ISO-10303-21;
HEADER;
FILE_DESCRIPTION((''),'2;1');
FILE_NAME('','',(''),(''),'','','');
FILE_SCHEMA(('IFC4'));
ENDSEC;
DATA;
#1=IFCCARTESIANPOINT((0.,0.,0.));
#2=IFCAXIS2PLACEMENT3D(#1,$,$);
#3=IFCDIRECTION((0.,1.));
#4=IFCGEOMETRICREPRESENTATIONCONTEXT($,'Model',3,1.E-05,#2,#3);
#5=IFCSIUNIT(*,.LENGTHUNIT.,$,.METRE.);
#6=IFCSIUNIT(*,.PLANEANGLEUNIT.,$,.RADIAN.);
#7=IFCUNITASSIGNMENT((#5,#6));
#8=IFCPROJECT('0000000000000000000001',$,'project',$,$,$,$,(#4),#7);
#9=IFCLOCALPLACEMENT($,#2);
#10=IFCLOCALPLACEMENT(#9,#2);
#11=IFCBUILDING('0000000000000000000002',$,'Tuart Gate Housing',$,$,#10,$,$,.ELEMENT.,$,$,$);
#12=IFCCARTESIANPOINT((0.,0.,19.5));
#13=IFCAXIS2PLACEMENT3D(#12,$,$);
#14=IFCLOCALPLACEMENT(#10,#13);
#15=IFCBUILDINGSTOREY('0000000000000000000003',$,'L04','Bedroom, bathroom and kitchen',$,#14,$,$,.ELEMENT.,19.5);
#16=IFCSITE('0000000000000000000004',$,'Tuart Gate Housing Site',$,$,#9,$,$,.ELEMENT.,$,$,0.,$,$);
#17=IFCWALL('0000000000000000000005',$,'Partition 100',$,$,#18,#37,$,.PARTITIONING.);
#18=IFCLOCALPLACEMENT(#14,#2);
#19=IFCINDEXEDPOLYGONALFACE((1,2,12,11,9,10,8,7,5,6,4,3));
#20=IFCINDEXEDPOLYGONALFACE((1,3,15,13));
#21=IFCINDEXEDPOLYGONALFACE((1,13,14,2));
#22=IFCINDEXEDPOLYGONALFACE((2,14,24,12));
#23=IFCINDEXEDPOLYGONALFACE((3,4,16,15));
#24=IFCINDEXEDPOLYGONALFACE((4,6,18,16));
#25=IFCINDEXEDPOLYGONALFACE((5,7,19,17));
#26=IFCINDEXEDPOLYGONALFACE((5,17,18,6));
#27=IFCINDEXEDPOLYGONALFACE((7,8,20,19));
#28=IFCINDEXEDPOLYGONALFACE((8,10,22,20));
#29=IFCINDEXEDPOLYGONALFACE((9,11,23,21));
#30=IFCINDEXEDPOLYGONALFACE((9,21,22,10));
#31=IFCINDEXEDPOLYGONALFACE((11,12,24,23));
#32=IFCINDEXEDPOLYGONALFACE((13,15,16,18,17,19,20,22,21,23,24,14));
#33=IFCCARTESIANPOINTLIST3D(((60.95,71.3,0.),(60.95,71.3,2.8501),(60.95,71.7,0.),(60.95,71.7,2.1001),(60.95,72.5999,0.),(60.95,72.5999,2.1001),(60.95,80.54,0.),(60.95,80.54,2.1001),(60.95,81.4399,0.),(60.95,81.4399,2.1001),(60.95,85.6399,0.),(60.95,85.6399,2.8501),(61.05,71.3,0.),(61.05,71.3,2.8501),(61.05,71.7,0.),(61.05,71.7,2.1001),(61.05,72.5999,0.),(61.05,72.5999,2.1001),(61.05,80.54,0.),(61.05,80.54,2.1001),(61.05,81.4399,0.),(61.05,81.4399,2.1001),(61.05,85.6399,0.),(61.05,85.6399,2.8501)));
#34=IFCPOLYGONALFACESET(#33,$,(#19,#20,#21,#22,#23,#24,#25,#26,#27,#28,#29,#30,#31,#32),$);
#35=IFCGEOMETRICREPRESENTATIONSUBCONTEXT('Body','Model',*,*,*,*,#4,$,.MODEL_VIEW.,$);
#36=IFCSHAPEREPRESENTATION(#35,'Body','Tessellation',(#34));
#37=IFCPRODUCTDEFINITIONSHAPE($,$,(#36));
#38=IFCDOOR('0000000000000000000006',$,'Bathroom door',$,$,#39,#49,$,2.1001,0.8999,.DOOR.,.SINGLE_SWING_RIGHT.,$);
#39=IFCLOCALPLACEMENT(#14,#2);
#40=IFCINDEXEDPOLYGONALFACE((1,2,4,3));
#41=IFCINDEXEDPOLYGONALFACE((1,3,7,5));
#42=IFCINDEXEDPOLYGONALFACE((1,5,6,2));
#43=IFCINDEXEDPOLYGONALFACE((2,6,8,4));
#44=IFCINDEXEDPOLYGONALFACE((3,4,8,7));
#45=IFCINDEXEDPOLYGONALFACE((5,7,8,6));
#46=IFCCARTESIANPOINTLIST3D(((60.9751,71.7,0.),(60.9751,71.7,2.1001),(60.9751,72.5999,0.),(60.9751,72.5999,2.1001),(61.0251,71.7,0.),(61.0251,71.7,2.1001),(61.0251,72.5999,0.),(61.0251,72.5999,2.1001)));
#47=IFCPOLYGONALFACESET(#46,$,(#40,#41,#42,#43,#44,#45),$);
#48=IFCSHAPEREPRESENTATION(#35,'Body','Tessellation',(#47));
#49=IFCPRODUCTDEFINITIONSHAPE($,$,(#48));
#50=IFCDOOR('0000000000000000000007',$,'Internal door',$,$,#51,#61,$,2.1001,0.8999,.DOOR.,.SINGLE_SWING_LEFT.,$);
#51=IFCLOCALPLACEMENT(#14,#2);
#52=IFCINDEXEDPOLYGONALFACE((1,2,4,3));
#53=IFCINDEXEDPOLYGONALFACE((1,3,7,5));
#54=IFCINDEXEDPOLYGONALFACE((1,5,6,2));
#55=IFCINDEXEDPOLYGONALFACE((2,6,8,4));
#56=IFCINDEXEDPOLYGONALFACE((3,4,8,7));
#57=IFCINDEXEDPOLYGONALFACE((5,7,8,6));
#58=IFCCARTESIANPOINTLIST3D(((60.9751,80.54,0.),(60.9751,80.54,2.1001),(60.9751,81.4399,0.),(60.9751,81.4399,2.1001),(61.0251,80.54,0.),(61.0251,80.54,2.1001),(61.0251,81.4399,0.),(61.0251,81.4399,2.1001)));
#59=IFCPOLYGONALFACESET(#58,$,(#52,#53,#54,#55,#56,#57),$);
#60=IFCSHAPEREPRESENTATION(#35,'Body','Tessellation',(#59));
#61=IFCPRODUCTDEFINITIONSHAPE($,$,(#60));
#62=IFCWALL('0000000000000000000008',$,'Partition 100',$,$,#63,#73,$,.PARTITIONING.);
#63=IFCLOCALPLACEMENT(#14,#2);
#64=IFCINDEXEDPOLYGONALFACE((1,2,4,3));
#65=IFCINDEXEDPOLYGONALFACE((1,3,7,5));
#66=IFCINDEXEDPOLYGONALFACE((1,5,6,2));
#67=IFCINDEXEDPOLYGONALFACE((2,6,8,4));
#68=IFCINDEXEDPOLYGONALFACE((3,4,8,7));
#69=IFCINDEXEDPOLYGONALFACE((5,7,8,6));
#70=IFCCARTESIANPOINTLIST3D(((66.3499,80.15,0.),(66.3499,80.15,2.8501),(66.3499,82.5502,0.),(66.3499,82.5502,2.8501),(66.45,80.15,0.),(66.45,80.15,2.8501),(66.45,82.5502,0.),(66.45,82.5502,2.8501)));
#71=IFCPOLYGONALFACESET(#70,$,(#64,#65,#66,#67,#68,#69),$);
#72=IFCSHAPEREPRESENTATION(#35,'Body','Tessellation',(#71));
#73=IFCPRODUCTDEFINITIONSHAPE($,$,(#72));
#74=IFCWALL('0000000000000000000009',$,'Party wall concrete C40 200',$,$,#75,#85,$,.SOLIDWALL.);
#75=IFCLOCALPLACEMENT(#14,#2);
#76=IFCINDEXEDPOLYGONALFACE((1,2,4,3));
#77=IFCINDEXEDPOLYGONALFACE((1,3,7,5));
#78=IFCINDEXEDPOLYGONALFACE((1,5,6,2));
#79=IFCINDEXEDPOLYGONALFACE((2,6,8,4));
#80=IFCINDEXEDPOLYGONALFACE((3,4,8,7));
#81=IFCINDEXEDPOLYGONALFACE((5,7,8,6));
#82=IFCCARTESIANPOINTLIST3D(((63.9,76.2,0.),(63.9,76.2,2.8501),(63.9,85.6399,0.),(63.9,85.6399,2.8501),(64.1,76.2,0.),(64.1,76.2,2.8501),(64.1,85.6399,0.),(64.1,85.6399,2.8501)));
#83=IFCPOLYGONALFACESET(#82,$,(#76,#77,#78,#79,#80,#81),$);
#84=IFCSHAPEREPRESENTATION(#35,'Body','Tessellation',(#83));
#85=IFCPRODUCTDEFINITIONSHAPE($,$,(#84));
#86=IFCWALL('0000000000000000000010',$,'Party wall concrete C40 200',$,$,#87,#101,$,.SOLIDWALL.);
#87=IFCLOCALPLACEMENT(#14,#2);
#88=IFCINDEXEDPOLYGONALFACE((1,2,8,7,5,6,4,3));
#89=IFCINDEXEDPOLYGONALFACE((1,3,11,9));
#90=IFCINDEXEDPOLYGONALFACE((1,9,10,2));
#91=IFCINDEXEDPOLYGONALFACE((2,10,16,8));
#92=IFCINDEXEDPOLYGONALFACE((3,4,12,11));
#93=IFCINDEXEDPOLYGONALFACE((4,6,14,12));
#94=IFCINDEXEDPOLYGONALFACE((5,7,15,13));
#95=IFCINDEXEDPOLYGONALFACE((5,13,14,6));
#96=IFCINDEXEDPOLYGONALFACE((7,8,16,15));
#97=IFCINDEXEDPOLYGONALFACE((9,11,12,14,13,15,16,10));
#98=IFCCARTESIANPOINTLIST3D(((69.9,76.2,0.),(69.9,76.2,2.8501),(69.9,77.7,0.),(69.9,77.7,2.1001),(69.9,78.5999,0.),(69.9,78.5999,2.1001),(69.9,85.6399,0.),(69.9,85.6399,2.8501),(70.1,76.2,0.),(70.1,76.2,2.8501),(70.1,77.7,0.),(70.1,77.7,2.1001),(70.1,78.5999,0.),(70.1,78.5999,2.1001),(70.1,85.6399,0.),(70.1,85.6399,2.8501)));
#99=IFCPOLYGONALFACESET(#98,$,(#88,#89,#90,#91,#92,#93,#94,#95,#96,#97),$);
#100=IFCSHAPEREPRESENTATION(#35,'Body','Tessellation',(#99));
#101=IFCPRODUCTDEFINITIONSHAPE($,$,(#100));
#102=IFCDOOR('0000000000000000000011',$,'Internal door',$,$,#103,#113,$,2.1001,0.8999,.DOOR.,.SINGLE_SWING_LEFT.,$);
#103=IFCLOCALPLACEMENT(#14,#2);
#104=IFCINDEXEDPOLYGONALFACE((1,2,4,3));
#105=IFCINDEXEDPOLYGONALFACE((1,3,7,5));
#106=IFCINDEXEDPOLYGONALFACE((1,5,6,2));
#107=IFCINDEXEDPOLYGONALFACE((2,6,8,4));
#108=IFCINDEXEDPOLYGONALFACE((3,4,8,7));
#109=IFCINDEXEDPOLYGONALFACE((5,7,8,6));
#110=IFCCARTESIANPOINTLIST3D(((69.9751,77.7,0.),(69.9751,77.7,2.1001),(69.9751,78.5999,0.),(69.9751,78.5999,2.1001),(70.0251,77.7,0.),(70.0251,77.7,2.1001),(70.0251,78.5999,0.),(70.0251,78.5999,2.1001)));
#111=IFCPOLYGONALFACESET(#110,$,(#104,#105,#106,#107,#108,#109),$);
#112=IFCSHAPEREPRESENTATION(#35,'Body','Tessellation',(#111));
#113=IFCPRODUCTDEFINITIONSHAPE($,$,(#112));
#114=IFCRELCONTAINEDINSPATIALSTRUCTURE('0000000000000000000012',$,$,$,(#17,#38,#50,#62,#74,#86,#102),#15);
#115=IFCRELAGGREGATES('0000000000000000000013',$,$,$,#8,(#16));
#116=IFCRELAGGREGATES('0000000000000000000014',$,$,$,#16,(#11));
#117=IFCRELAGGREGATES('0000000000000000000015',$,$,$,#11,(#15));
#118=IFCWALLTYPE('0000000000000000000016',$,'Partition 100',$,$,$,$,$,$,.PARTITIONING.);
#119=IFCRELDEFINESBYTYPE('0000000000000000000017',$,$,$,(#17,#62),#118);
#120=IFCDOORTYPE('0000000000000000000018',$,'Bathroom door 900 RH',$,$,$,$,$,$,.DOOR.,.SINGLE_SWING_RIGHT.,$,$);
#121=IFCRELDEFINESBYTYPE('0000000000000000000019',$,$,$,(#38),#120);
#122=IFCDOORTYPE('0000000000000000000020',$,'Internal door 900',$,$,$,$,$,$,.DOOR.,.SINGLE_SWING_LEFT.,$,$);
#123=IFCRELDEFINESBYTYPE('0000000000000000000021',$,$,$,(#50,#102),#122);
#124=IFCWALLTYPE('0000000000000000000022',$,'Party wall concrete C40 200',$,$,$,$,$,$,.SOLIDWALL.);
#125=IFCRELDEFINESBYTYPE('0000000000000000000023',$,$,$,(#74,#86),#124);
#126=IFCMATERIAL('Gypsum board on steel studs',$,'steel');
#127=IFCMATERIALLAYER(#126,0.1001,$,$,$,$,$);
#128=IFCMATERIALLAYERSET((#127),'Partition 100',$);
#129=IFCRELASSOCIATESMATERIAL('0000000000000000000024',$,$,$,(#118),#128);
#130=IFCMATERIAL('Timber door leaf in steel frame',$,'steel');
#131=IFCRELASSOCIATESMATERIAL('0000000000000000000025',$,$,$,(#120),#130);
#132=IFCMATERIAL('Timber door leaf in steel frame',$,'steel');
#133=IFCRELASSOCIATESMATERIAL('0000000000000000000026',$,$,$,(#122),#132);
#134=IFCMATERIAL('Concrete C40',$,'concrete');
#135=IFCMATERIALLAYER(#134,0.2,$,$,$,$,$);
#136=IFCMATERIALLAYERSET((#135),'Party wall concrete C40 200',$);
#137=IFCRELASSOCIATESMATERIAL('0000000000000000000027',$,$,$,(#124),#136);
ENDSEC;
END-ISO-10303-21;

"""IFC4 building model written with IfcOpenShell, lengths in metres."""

from ifc_helpers import new_model, si_unit, direction, frame, frame_2d, origin, place, context, subcontext, project, spatial, rectangle, extrude, material, layer, layer_set, type_object, element, fill, save


model = new_model("IFC4")

# Units and contexts
model_context = context("Model", 3, precision=1e-05, world=origin(), true_north=direction((0.0, 1.0)))
body_context = subcontext(model_context, "Body", "Model", "MODEL_VIEW")
ifc_project = project(units=[si_unit("LENGTHUNIT", "METRE"), si_unit("PLANEANGLEUNIT", "RADIAN")], contexts=[model_context])

# Site, building, storey
site_placement = place(None, origin())
site = spatial("IfcSite", under=ifc_project, at=site_placement, Name="Tuart Gate Housing Site", CompositionType="ELEMENT", RefElevation=0.0)
building_placement = place(site_placement, origin())
building = spatial("IfcBuilding", under=site, at=building_placement, Name="Tuart Gate Housing", CompositionType="ELEMENT")
storey_placement = place(building_placement, frame((0.0, 0.0, 19.5)))
storey = spatial("IfcBuildingStorey", under=building, at=storey_placement, Name="L04", Description="Bedroom, bathroom and kitchen", CompositionType="ELEMENT", Elevation=19.5)

# Shared definitions
ifc_material_1 = material(Name="Gypsum board on steel studs", Category="steel")
ifc_layer_1 = layer(ifc_material_1, 0.1001)
ifc_layer_set_1 = layer_set([ifc_layer_1], Name="Partition 100")
wall_type_1 = type_object("IfcWallType", Name="Partition 100", PredefinedType="PARTITIONING", material=ifc_layer_set_1)

# Shared definitions
ifc_material_2 = material(Name="Timber door leaf in steel frame", Category="steel")
door_type_1 = type_object("IfcDoorType", Name="Bathroom door 900 RH", OperationType="SINGLE_SWING_RIGHT", PredefinedType="DOOR", material=ifc_material_2)
ifc_material_3 = material(Name="Timber door leaf in steel frame", Category="steel")
door_type_2 = type_object("IfcDoorType", Name="Internal door 900", OperationType="SINGLE_SWING_LEFT", PredefinedType="DOOR", material=ifc_material_3)

# Wall, openings, doors
wall_1_placement = place(storey_placement, frame((61.0, 71.3, 0.0), z_axis=(0.0, 0.0, 1.0), x_axis=(0.0, 1.0, 0.0)))
wall_1 = element("IfcWall", 1, at=wall_1_placement, inside=storey, type_object=wall_type_1, Name="Partition 100", PredefinedType="PARTITIONING", context=body_context, shape_type="SweptSolid", body=[
    extrude(rectangle(XDim=14.3398, YDim=0.1001, at=frame_2d((7.1699, 0.0))), origin(), (0.0, 0.0, 1.0), 2.8501),
])
opening_1_placement = place(wall_1_placement, frame((9.24, 0.0, 0.0)))
opening_1 = element("IfcOpeningElement", 2, at=opening_1_placement, cuts=wall_1, PredefinedType="OPENING", context=body_context, shape_type="SweptSolid", body=[
    extrude(rectangle(XDim=0.8999, YDim=2.1001, at=frame_2d((0.45, 1.05))), frame((0.0, 0.0601, 0.0), z_axis=(0.0, -1.0, 0.0), x_axis=(1.0, 0.0, 0.0)), (0.0, 0.0, 1.0), 0.1201),
])
opening_2_placement = place(wall_1_placement, frame((0.3999, 0.0, 0.0)))
opening_2 = element("IfcOpeningElement", 3, at=opening_2_placement, cuts=wall_1, PredefinedType="OPENING", context=body_context, shape_type="SweptSolid", body=[
    extrude(rectangle(XDim=0.8999, YDim=2.1001, at=frame_2d((0.45, 1.05))), frame((0.0, 0.0601, 0.0), z_axis=(0.0, -1.0, 0.0), x_axis=(1.0, 0.0, 0.0)), (0.0, 0.0, 1.0), 0.1201),
])
door_1_placement = place(opening_2_placement, frame((0.8999, 0.0, 0.0), z_axis=(0.0, 0.0, 1.0), x_axis=(-1.0, 0.0, 0.0)))
door_1 = element("IfcDoor", 4, at=door_1_placement, inside=storey, type_object=door_type_1, Name="Bathroom door", OperationType="SINGLE_SWING_RIGHT", OverallHeight=2.1001, OverallWidth=0.8999, PredefinedType="DOOR", context=body_context, shape_type="SweptSolid", body=[
    extrude(rectangle(XDim=0.8999, YDim=2.1001, at=frame_2d((0.45, 1.05))), frame((0.0, 0.0251, 0.0), z_axis=(0.0, -1.0, 0.0), x_axis=(1.0, 0.0, 0.0)), (0.0, 0.0, 1.0), 0.05),
])
fill(opening_2, door_1)
door_2_placement = place(opening_1_placement, frame((0.8999, 0.0, 0.0), z_axis=(0.0, 0.0, 1.0), x_axis=(-1.0, 0.0, 0.0)))
door_2 = element("IfcDoor", 5, at=door_2_placement, inside=storey, type_object=door_type_2, Name="Internal door", OperationType="SINGLE_SWING_LEFT", OverallHeight=2.1001, OverallWidth=0.8999, PredefinedType="DOOR", context=body_context, shape_type="SweptSolid", body=[
    extrude(rectangle(XDim=0.8999, YDim=2.1001, at=frame_2d((0.45, 1.05))), frame((0.0, 0.0251, 0.0), z_axis=(0.0, -1.0, 0.0), x_axis=(1.0, 0.0, 0.0)), (0.0, 0.0, 1.0), 0.05),
])
fill(opening_1, door_2)

# Walls
wall_2_placement = place(storey_placement, frame((66.3999, 80.1499, 0.0), z_axis=(0.0, 0.0, 1.0), x_axis=(0.0, 1.0, 0.0)))
element("IfcWall", 6, at=wall_2_placement, inside=storey, type_object=wall_type_1, Name="Partition 100", PredefinedType="PARTITIONING", context=body_context, shape_type="SweptSolid", body=[
    extrude(rectangle(XDim=2.4001, YDim=0.1001, at=frame_2d((1.2002, 0.0))), origin(), (0.0, 0.0, 1.0), 2.8501),
])
ifc_material_4 = material(Name="Concrete C40", Category="concrete")
ifc_layer_2 = layer(ifc_material_4, 0.2)
ifc_layer_set_2 = layer_set([ifc_layer_2], Name="Party wall concrete C40 200")
wall_type_2 = type_object("IfcWallType", Name="Party wall concrete C40 200", PredefinedType="SOLIDWALL", material=ifc_layer_set_2)
wall_3_placement = place(storey_placement, frame((64.0, 76.2, 0.0), z_axis=(0.0, 0.0, 1.0), x_axis=(0.0, 1.0, 0.0)))
element("IfcWall", 7, at=wall_3_placement, inside=storey, type_object=wall_type_2, Name="Party wall concrete C40 200", PredefinedType="SOLIDWALL", context=body_context, shape_type="SweptSolid", body=[
    extrude(rectangle(XDim=9.4399, YDim=0.2, at=frame_2d((4.72, 0.0))), origin(), (0.0, 0.0, 1.0), 2.8501),
])

# Wall, opening, door
wall_4_placement = place(storey_placement, frame((70.0, 76.2, 0.0), z_axis=(0.0, 0.0, 1.0), x_axis=(0.0, 1.0, 0.0)))
wall_4 = element("IfcWall", 8, at=wall_4_placement, inside=storey, type_object=wall_type_2, Name="Party wall concrete C40 200", PredefinedType="SOLIDWALL", context=body_context, shape_type="SweptSolid", body=[
    extrude(rectangle(XDim=9.4399, YDim=0.2, at=frame_2d((4.72, 0.0))), origin(), (0.0, 0.0, 1.0), 2.8501),
])
opening_3_placement = place(wall_4_placement, frame((1.5, 0.0, 0.0)))
opening_3 = element("IfcOpeningElement", 9, at=opening_3_placement, cuts=wall_4, PredefinedType="OPENING", context=body_context, shape_type="SweptSolid", body=[
    extrude(rectangle(XDim=0.8999, YDim=2.1001, at=frame_2d((0.45, 1.05))), frame((0.0, 0.1099, 0.0), z_axis=(0.0, -1.0, 0.0), x_axis=(1.0, 0.0, 0.0)), (0.0, 0.0, 1.0), 0.22),
])
door_3_placement = place(opening_3_placement, origin())
door_3 = element("IfcDoor", 10, at=door_3_placement, inside=storey, type_object=door_type_2, Name="Internal door", OperationType="SINGLE_SWING_LEFT", OverallHeight=2.1001, OverallWidth=0.8999, PredefinedType="DOOR", context=body_context, shape_type="SweptSolid", body=[
    extrude(rectangle(XDim=0.8999, YDim=2.1001, at=frame_2d((0.45, 1.05))), frame((0.0, 0.0249, 0.0), z_axis=(0.0, -1.0, 0.0), x_axis=(1.0, 0.0, 0.0)), (0.0, 0.0, 1.0), 0.05),
])
fill(opening_3, door_3)

save(model, "model.ifc")
